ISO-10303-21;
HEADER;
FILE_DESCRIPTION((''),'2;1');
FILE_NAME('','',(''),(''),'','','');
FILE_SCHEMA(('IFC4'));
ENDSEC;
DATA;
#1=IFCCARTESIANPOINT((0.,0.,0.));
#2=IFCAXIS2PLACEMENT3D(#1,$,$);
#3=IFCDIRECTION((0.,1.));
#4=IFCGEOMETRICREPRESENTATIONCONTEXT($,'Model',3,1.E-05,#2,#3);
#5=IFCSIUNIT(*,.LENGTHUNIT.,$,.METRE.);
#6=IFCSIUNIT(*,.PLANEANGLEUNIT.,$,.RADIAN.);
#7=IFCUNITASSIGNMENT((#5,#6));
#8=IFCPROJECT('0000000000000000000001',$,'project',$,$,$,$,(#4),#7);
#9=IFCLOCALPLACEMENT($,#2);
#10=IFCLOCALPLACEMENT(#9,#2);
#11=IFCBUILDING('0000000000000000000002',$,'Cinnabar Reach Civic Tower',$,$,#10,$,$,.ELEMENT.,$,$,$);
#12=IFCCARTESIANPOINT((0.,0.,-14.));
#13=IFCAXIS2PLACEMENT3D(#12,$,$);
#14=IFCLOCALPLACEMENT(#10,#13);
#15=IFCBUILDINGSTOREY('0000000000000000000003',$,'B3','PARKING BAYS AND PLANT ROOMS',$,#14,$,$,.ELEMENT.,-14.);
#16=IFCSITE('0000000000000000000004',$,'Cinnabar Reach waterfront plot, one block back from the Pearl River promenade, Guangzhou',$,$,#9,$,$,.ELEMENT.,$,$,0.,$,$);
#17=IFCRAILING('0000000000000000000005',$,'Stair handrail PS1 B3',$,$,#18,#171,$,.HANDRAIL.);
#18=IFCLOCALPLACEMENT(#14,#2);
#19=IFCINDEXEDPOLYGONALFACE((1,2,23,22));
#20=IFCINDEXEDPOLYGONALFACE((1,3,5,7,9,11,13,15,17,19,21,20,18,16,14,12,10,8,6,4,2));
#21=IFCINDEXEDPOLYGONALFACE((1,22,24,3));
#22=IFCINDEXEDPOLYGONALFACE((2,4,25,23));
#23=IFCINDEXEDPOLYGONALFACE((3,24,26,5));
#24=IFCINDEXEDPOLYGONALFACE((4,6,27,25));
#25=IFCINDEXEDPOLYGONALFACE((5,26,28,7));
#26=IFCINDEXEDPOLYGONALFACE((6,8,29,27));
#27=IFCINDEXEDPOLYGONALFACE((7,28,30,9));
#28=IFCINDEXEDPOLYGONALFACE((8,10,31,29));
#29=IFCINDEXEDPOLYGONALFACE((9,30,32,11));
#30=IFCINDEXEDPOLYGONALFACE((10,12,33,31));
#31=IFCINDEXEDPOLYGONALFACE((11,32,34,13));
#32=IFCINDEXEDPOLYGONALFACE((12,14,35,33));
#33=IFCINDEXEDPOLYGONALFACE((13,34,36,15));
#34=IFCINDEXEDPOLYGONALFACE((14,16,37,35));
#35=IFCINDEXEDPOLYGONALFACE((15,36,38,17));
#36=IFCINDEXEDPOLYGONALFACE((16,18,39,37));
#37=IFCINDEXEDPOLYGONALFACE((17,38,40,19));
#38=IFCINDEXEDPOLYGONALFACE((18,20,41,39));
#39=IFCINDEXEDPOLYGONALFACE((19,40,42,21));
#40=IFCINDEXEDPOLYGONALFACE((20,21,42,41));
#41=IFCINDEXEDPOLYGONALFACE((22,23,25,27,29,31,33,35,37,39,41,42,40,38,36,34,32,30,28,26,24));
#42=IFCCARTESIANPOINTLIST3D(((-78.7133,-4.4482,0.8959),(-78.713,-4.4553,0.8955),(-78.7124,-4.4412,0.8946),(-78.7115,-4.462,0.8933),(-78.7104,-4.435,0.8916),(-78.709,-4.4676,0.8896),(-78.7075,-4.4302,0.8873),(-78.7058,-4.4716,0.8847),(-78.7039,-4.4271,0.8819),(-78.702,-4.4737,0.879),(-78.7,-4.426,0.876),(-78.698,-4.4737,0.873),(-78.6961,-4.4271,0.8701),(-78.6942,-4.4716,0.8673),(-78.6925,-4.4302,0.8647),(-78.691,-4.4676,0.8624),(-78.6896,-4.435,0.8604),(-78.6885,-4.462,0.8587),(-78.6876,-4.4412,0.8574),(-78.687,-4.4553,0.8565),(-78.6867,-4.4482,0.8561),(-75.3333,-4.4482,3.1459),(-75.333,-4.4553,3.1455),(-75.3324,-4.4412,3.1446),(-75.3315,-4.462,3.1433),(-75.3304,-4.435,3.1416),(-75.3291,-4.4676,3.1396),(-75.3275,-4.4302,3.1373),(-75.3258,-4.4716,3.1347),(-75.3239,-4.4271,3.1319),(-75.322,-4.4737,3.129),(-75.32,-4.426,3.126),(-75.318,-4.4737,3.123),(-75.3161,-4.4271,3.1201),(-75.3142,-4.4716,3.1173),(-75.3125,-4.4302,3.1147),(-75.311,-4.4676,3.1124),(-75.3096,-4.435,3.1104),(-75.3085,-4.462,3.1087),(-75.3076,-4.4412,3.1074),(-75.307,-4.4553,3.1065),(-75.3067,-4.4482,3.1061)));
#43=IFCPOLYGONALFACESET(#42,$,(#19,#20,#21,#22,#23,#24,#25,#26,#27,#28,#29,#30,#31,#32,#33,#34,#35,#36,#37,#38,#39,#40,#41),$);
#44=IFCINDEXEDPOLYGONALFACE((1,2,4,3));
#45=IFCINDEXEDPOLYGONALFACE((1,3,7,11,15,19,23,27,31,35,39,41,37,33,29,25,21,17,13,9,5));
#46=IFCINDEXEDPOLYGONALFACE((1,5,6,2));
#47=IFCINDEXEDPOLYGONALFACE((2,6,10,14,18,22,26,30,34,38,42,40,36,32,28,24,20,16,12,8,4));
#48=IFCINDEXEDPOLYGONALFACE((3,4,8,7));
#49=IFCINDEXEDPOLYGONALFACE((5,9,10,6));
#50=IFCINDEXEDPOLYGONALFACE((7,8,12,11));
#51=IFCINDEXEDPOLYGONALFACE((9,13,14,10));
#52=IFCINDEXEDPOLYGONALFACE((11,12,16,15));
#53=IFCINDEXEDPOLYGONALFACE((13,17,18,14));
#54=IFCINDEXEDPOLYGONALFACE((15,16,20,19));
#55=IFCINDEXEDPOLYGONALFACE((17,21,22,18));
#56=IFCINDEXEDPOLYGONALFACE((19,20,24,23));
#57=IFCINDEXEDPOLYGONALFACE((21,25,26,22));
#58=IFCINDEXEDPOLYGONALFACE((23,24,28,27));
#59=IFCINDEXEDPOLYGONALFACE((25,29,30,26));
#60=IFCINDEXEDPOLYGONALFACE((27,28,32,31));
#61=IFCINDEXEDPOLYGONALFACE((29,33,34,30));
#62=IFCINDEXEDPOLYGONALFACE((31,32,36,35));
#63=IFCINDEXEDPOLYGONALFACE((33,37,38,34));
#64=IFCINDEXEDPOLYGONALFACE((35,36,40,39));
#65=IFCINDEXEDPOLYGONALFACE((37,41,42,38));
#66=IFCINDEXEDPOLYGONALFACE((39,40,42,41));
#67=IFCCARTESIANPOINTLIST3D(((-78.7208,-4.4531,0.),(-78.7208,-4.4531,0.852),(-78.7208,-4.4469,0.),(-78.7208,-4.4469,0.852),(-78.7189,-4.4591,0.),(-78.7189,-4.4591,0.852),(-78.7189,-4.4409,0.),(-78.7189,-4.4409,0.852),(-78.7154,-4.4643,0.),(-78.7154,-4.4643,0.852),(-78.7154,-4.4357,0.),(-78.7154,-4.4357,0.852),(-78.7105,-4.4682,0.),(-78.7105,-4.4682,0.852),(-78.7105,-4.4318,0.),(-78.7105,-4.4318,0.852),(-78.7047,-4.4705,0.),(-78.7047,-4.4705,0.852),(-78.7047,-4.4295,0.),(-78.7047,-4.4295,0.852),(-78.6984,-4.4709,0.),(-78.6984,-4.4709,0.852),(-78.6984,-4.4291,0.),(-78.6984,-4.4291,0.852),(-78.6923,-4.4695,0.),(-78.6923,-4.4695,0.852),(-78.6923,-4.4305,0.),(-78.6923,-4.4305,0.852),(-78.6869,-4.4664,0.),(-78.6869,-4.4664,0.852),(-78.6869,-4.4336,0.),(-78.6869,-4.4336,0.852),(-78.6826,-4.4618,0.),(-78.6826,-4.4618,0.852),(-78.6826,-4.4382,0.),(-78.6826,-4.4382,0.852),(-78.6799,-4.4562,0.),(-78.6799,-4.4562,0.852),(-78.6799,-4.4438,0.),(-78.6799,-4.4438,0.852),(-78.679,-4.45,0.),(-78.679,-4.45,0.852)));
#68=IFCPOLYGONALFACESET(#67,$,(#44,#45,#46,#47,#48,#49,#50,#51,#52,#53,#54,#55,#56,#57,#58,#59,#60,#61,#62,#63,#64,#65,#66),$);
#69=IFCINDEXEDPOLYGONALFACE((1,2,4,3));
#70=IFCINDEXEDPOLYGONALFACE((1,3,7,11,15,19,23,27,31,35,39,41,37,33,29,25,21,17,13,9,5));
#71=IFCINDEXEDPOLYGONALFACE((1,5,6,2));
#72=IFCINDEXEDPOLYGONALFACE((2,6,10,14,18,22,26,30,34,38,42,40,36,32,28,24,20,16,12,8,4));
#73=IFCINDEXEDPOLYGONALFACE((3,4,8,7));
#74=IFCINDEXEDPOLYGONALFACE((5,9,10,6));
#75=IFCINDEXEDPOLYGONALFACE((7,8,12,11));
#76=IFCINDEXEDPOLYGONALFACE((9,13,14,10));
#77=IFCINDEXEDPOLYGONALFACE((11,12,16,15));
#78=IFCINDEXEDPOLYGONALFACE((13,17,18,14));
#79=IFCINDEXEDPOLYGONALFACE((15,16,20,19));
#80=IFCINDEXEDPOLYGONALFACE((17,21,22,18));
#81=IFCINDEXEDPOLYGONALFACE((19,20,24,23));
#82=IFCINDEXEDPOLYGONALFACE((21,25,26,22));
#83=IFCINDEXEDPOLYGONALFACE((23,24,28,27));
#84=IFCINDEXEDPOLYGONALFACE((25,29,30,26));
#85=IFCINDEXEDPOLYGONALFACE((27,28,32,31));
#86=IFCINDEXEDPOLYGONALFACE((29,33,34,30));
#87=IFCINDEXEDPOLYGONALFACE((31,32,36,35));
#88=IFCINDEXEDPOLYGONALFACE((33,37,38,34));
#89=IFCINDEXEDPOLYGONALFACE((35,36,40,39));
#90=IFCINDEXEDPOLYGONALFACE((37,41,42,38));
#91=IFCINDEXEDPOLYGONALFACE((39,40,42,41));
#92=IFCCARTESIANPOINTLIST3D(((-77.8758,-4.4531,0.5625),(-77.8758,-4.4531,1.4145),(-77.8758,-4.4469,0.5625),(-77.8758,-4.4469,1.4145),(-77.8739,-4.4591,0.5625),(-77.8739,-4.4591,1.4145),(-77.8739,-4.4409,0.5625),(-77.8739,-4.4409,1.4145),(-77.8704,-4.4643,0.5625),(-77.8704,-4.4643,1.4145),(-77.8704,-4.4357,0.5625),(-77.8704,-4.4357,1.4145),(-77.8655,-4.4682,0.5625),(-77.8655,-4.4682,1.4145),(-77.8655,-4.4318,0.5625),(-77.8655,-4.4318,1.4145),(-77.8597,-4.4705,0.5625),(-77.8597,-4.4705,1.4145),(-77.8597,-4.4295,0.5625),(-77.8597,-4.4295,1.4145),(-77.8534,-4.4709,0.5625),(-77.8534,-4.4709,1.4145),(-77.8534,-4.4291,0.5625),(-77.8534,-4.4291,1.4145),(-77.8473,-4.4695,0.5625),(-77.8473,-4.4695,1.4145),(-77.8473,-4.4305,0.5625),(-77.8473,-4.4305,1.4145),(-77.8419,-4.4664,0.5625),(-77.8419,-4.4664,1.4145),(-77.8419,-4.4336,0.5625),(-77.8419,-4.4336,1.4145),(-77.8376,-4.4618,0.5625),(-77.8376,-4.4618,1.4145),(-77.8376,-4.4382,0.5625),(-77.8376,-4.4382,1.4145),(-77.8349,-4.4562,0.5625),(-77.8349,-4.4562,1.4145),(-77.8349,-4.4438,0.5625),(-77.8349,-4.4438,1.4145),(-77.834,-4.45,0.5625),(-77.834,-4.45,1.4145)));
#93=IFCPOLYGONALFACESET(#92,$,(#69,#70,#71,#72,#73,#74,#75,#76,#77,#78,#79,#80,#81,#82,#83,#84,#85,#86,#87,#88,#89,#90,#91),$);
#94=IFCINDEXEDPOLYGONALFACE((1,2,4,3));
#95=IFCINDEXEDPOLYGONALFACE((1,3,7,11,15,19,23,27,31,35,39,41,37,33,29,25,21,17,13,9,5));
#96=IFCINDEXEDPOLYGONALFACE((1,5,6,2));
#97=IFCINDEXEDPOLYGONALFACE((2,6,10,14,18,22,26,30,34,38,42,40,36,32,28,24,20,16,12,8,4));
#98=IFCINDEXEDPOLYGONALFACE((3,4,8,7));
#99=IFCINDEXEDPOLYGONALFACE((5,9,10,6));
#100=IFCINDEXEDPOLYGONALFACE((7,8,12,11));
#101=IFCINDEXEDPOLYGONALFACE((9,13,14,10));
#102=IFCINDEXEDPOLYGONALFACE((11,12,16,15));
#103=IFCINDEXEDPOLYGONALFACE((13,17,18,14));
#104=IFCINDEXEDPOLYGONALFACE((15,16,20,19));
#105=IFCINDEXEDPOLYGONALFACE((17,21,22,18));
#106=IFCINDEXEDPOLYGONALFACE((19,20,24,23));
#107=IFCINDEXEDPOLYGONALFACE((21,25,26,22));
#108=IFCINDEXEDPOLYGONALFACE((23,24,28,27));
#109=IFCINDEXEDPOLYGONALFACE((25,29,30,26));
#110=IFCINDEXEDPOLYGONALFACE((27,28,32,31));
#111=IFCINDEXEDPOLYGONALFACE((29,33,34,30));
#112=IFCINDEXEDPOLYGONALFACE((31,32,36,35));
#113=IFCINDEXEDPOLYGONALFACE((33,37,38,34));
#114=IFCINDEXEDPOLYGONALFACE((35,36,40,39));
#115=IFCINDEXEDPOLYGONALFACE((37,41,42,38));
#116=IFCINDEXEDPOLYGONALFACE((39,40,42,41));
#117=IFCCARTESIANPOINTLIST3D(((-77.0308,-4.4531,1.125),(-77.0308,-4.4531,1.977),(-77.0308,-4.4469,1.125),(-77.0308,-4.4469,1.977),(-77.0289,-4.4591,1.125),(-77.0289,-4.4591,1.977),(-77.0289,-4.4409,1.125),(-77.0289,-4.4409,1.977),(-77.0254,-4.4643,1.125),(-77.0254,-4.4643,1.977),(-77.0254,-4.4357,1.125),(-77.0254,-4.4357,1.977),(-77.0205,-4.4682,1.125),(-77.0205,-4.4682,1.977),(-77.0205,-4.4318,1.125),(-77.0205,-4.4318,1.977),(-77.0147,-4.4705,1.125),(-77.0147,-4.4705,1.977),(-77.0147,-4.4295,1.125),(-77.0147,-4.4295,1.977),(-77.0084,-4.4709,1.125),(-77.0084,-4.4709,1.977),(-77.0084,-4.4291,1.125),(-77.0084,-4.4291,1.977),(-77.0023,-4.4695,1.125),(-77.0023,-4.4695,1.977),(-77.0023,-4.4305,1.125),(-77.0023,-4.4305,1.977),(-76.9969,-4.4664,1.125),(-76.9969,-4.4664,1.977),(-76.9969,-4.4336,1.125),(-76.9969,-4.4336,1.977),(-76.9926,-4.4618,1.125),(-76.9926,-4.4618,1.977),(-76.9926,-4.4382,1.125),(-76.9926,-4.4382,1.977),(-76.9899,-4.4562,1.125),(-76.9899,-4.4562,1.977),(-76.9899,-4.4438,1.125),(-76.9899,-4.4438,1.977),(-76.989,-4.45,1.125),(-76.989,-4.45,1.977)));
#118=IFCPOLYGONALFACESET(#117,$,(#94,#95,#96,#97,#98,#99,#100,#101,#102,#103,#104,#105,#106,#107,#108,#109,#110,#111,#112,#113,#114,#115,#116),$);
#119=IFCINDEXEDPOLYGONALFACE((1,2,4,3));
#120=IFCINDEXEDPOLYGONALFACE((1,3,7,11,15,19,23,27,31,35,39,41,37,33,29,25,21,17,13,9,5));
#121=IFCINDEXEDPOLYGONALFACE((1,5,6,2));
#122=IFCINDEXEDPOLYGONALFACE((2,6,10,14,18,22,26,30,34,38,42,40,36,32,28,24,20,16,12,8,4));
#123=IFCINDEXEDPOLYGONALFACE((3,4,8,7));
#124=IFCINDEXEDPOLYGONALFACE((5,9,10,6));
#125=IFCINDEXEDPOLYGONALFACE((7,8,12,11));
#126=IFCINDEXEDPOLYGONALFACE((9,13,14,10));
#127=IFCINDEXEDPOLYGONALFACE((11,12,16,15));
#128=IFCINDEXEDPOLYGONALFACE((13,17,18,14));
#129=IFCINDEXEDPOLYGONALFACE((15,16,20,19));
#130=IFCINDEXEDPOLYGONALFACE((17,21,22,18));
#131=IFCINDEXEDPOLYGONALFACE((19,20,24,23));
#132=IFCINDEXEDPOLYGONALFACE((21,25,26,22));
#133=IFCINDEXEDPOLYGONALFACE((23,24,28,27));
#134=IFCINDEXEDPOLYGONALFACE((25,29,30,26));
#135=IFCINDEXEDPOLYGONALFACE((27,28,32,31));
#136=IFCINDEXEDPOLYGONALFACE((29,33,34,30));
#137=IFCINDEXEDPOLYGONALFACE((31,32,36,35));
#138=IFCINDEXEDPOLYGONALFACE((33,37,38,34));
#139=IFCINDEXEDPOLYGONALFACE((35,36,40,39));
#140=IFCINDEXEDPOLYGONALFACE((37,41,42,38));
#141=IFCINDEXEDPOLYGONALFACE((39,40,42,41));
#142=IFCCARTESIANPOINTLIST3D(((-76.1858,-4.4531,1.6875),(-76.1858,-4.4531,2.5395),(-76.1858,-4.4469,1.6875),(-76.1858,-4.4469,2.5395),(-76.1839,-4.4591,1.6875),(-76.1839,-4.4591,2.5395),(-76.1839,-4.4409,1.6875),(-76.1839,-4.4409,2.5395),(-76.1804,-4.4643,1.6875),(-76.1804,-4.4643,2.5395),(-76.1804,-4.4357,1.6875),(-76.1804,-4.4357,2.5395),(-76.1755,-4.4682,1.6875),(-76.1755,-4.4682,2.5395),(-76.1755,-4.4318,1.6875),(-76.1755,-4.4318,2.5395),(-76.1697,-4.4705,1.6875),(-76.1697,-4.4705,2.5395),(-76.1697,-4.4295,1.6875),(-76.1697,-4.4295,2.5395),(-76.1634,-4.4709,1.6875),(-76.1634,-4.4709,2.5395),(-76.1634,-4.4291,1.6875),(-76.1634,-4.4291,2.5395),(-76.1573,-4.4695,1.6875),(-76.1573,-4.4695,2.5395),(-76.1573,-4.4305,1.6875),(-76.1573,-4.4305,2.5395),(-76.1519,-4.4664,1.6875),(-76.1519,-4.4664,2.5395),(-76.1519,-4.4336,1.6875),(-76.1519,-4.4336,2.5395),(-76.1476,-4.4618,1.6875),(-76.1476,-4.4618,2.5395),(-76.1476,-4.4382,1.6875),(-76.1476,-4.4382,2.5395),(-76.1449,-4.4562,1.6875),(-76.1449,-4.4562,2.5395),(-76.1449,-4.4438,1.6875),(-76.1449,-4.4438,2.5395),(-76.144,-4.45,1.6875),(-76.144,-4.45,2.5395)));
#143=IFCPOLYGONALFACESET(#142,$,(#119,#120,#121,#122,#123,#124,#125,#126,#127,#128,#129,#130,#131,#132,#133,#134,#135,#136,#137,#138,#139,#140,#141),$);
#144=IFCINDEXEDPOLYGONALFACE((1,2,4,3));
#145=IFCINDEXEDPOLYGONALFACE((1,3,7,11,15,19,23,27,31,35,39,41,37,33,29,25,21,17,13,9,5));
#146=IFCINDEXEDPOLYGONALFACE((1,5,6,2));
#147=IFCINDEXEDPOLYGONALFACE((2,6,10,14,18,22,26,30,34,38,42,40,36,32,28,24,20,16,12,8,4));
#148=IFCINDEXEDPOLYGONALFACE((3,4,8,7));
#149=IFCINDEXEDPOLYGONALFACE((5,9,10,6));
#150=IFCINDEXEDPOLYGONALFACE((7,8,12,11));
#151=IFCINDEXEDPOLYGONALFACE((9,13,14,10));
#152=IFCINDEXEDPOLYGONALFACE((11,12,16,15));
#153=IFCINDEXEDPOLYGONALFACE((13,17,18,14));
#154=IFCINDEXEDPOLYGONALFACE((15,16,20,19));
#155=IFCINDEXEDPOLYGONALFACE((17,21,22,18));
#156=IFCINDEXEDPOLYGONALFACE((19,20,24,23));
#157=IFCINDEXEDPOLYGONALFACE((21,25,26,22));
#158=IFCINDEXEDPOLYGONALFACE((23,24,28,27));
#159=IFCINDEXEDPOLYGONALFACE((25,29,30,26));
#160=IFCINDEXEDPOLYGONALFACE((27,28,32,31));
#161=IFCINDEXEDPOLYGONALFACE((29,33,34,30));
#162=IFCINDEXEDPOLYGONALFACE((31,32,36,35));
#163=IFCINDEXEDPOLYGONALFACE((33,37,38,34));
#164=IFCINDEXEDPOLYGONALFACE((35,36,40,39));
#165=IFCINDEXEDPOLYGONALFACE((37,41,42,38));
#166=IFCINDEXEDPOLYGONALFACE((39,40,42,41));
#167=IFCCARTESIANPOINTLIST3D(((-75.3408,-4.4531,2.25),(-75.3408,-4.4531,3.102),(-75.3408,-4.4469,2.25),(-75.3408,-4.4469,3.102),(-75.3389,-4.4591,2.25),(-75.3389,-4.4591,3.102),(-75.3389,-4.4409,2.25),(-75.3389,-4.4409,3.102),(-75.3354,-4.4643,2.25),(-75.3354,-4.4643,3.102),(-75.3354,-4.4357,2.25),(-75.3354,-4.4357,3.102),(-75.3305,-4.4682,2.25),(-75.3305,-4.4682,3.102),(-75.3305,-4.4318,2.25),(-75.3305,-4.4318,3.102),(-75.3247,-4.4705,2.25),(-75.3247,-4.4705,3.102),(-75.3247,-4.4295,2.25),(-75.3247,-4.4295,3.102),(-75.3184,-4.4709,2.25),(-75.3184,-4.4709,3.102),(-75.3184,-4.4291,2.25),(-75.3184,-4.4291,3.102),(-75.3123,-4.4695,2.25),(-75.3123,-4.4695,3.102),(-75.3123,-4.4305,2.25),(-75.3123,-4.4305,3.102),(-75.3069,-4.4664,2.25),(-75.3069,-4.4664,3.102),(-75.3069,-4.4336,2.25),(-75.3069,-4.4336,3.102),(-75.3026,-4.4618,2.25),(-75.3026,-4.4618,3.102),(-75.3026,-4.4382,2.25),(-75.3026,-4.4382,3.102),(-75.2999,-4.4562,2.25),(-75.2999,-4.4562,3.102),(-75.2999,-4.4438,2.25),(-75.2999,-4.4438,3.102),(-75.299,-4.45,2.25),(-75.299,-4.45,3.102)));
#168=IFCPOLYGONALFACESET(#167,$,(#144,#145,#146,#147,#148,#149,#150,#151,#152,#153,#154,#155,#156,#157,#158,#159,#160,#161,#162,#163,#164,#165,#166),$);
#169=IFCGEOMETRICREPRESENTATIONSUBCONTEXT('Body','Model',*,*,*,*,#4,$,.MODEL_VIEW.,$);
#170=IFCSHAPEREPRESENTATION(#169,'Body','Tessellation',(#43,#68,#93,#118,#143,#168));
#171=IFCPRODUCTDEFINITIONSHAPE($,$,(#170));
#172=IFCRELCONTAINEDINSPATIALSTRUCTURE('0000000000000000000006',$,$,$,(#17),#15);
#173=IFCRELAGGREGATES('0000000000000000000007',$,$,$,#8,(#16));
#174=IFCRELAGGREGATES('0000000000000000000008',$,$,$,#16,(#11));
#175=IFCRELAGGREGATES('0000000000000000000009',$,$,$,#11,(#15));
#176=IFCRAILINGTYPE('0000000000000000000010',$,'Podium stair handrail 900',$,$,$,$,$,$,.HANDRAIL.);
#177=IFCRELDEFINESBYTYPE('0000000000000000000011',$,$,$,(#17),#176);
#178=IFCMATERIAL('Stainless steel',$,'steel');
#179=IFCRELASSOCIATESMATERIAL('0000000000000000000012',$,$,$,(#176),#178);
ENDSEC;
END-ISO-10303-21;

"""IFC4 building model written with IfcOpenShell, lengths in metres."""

from ifc_helpers import new_model, si_unit, direction, frame, origin, origin_2d, place, context, subcontext, project, spatial, circle, extrude, material, type_object, element, save


model = new_model("IFC4")

# Units and contexts
model_context = context("Model", 3, precision=1e-05, world=origin(), true_north=direction((0.0, 1.0)))
body_context = subcontext(model_context, "Body", "Model", "MODEL_VIEW")
ifc_project = project(units=[si_unit("LENGTHUNIT", "METRE"), si_unit("PLANEANGLEUNIT", "RADIAN")], contexts=[model_context])

# Site, building, storey
site_placement = place(None, origin())
site = spatial("IfcSite", under=ifc_project, at=site_placement, Name="Cinnabar Reach waterfront plot, one block back from the Pearl River promenade, Guangzhou", CompositionType="ELEMENT", RefElevation=0.0)
building_placement = place(site_placement, origin())
building = spatial("IfcBuilding", under=site, at=building_placement, Name="Cinnabar Reach Civic Tower", CompositionType="ELEMENT")
storey_placement = place(building_placement, frame((0.0, 0.0, -14.0)))
storey = spatial("IfcBuildingStorey", under=building, at=storey_placement, Name="B3", Description="PARKING BAYS AND PLANT ROOMS", CompositionType="ELEMENT", Elevation=-14.0)

# Railing
ifc_material_1 = material(Name="Stainless steel", Category="steel")
railing_type_1 = type_object("IfcRailingType", Name="Podium stair handrail 900", PredefinedType="HANDRAIL", material=ifc_material_1)
railing_1_placement = place(storey_placement, frame((-78.7, -4.45, 0.0)))
element("IfcRailing", 1, at=railing_1_placement, inside=storey, type_object=railing_type_1, Name="Stair handrail PS1 B3", PredefinedType="HANDRAIL", context=body_context, shape_type="SweptSolid", body=[
    extrude(circle(Radius=0.024, at=origin_2d()), frame((0.0, 0.0, 0.876), z_axis=(0.832429, 0.0, 0.554132), x_axis=(0.0, 1.0, 0.0)), (0.0, 0.0, 1.0), 4.0604),
    extrude(circle(Radius=0.021, at=origin_2d()), origin(), (0.0, 0.0, 1.0), 0.852),
    extrude(circle(Radius=0.021, at=origin_2d()), frame((0.845, 0.0, 0.5625)), (0.0, 0.0, 1.0), 0.852),
    extrude(circle(Radius=0.021, at=origin_2d()), frame((1.69, 0.0, 1.125)), (0.0, 0.0, 1.0), 0.852),
    extrude(circle(Radius=0.021, at=origin_2d()), frame((2.535, 0.0, 1.6875)), (0.0, 0.0, 1.0), 0.852),
    extrude(circle(Radius=0.021, at=origin_2d()), frame((3.38, 0.0, 2.25)), (0.0, 0.0, 1.0), 0.852),
])

save(model, "model.ifc")
